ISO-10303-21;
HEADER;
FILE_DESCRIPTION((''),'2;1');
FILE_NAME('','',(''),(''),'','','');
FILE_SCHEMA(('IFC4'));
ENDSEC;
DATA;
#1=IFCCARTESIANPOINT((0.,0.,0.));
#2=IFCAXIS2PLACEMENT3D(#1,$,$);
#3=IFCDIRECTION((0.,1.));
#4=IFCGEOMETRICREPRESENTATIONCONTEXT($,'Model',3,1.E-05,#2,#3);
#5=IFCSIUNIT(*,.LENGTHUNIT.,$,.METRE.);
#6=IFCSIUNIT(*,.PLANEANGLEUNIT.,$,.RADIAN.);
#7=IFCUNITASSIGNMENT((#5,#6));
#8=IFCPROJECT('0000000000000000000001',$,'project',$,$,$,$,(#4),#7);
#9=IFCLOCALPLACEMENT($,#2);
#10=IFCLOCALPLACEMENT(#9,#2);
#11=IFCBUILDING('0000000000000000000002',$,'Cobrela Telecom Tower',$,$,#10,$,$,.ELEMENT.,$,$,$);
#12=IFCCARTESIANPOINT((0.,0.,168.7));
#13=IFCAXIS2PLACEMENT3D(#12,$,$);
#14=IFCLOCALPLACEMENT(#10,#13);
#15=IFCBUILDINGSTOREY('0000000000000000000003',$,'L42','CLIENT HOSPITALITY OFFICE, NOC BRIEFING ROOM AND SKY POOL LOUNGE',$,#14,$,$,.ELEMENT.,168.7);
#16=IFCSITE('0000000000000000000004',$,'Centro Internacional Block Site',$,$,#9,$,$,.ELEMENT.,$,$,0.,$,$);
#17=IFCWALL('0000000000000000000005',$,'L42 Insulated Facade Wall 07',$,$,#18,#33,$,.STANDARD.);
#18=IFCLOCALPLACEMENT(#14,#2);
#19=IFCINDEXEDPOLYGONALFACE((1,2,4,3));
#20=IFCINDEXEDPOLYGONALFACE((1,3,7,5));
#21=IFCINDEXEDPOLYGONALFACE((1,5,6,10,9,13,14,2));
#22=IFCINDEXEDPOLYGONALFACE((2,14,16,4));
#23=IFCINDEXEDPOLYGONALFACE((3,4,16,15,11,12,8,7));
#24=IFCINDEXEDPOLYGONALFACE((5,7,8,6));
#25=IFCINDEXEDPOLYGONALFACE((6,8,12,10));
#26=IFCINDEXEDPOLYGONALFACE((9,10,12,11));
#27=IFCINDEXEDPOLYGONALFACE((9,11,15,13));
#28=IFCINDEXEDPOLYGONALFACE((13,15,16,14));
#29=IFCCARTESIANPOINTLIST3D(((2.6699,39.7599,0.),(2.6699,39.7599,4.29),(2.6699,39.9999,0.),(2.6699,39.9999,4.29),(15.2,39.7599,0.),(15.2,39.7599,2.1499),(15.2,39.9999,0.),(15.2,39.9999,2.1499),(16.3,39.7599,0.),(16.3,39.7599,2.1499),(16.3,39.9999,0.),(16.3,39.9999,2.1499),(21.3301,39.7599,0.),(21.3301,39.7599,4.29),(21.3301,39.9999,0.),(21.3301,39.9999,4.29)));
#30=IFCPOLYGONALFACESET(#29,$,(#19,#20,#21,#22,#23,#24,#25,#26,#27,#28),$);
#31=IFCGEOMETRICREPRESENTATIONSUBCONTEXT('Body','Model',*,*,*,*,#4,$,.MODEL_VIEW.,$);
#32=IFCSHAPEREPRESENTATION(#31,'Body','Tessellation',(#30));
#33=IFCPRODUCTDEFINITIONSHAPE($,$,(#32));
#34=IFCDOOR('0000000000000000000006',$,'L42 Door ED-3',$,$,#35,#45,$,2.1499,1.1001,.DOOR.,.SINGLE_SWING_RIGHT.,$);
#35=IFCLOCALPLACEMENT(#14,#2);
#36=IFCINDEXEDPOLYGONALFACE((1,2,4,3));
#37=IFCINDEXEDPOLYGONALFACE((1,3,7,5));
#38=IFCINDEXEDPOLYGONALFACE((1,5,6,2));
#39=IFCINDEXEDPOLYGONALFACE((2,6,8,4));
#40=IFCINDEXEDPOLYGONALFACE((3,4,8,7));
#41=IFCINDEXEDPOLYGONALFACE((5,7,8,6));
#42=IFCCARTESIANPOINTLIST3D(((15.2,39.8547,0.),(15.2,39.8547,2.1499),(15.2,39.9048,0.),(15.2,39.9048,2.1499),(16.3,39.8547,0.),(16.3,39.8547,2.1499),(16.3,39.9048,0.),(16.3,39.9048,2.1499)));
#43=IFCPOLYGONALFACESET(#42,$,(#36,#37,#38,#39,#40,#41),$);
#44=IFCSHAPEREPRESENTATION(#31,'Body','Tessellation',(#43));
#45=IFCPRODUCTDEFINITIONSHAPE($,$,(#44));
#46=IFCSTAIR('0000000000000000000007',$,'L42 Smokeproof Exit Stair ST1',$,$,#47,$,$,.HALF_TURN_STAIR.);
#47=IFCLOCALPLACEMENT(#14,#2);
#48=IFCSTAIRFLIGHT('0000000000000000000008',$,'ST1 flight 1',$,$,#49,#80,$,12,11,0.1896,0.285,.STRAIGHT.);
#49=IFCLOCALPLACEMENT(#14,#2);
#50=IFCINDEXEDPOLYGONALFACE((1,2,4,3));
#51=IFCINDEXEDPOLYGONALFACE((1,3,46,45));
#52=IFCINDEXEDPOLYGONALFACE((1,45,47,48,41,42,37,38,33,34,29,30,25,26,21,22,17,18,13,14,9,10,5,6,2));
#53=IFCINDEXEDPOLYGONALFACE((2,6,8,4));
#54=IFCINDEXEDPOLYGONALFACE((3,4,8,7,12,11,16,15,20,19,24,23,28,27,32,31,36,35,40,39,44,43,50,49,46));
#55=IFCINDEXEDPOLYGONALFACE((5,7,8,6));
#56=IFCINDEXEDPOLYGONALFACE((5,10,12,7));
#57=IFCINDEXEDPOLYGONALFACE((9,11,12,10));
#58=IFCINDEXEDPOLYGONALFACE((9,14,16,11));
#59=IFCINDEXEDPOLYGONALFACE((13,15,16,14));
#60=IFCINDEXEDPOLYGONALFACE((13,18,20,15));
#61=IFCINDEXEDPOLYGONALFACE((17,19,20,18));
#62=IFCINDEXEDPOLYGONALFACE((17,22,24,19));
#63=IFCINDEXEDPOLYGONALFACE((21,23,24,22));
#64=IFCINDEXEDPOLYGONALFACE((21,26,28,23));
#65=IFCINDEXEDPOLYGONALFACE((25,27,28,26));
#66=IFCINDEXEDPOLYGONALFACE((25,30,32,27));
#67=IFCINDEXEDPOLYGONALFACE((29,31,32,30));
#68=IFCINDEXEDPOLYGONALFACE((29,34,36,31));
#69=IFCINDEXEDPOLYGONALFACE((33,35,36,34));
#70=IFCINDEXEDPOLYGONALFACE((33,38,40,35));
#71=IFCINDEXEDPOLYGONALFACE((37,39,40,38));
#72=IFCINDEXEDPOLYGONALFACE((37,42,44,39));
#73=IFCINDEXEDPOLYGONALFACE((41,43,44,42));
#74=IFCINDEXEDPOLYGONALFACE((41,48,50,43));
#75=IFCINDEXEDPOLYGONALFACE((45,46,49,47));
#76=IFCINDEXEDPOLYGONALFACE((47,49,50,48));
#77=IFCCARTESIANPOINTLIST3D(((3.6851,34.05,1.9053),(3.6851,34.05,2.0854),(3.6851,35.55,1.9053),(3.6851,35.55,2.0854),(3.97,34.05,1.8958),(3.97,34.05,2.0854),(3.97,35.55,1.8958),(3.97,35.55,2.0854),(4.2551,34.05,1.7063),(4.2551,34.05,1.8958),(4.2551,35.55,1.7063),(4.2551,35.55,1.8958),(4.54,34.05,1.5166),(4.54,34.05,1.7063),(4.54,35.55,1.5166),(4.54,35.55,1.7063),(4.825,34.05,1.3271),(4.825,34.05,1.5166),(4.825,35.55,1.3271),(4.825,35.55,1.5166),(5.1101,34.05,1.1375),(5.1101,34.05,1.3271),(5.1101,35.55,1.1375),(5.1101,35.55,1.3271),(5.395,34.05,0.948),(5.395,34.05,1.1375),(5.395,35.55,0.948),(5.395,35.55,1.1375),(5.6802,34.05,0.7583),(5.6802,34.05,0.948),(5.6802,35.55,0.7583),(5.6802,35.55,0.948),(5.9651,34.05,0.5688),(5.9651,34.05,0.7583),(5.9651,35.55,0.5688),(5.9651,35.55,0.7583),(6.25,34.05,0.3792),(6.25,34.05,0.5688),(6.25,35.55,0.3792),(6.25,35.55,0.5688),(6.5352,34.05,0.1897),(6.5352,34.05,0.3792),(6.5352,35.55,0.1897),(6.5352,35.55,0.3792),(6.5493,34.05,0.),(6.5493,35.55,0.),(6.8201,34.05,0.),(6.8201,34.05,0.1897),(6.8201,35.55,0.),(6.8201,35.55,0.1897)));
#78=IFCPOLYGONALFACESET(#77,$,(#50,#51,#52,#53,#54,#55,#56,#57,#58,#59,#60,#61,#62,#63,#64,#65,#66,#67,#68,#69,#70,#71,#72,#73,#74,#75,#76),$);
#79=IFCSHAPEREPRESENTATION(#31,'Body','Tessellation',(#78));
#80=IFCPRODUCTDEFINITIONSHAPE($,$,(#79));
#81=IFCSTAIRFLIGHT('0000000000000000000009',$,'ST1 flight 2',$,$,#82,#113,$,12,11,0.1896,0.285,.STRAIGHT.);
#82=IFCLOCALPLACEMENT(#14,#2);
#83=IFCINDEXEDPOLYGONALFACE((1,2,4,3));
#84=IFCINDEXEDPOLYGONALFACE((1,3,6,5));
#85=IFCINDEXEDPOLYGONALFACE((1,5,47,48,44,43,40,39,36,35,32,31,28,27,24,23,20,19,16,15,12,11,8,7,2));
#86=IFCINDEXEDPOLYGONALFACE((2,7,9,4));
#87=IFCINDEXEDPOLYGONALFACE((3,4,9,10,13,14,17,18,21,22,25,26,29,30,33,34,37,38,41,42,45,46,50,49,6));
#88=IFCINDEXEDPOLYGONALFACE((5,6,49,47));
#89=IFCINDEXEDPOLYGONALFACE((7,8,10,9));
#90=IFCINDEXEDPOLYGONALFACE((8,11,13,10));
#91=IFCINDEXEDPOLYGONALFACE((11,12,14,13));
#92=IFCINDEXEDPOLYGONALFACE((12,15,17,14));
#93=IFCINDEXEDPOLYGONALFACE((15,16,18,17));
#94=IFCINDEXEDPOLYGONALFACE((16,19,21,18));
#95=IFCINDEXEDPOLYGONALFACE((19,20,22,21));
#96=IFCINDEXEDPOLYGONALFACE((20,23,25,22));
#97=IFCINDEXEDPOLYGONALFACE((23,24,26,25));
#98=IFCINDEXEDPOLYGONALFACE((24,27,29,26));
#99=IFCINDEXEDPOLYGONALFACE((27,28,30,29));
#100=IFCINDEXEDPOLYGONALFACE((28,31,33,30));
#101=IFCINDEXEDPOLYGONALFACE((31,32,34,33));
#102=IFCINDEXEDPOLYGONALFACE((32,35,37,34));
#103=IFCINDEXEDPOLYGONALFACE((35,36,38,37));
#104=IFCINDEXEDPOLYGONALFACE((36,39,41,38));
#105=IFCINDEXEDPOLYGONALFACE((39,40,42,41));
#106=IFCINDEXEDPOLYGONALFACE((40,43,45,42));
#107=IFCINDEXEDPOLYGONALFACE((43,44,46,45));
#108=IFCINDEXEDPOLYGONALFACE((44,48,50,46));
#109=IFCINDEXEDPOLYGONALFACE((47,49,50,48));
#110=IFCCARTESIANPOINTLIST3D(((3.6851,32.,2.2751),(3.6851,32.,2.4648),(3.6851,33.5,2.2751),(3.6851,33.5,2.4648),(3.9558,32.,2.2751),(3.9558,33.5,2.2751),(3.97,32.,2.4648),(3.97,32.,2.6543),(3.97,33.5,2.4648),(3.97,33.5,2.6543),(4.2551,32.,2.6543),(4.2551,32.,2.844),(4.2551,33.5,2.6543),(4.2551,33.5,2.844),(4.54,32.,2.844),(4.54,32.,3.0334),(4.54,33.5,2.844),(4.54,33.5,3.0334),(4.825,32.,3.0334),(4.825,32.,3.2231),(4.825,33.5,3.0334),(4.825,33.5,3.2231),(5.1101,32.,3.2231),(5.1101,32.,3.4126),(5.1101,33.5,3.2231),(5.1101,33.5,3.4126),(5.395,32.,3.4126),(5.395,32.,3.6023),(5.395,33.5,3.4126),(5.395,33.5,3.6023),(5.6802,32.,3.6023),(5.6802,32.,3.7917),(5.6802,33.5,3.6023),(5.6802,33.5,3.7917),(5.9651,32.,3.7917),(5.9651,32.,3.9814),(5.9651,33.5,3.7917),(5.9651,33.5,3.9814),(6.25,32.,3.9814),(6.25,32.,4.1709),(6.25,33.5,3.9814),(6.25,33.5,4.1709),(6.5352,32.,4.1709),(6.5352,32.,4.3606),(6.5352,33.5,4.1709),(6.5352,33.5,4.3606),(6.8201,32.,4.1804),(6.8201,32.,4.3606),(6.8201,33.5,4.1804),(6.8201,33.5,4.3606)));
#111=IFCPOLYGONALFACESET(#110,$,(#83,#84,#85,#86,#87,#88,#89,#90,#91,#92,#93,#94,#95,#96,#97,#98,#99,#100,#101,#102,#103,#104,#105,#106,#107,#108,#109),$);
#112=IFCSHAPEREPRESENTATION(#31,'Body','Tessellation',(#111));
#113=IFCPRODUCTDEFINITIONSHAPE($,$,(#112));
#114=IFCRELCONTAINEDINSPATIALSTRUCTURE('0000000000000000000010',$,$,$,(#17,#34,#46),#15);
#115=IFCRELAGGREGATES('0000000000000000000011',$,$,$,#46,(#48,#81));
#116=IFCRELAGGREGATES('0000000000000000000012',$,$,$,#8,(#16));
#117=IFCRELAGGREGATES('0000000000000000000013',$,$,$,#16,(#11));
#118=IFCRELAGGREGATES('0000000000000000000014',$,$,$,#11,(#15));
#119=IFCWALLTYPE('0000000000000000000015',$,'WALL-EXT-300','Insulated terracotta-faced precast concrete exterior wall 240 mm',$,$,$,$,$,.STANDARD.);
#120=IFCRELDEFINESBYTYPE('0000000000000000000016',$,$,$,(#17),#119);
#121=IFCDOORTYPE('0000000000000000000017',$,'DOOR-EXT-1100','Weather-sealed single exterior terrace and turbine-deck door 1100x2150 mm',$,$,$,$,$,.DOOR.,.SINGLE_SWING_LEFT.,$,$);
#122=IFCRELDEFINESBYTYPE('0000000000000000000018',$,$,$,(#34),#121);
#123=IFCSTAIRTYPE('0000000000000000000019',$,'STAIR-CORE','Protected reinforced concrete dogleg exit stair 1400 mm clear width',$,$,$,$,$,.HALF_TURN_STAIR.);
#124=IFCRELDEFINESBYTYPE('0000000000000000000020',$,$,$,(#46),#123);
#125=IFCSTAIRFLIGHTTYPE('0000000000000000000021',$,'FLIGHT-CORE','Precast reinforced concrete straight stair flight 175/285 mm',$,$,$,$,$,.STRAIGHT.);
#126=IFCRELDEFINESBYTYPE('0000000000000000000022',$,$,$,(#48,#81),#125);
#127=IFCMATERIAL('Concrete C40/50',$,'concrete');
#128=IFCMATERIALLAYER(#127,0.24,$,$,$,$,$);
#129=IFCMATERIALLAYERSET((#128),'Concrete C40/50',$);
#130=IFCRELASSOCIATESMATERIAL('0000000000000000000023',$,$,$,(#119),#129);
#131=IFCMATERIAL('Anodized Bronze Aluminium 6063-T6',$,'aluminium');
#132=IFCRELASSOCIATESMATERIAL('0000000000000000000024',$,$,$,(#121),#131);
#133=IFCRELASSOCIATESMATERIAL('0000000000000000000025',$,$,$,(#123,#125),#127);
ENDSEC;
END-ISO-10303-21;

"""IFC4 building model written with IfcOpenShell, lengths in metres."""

from ifc_helpers import new_model, si_unit, direction, frame, frame_2d, origin, place, context, subcontext, project, spatial, polyline, rectangle, outline, extrude, material, layer, layer_set, type_object, element, fill, aggregate, save


model = new_model("IFC4")

# Units and contexts
model_context = context("Model", 3, precision=1e-05, world=origin(), true_north=direction((0.0, 1.0)))
body_context = subcontext(model_context, "Body", "Model", "MODEL_VIEW")
ifc_project = project(units=[si_unit("LENGTHUNIT", "METRE"), si_unit("PLANEANGLEUNIT", "RADIAN")], contexts=[model_context])

# Site, building, storey
site_placement = place(None, origin())
site = spatial("IfcSite", under=ifc_project, at=site_placement, Name="Centro Internacional Block Site", CompositionType="ELEMENT", RefElevation=0.0)
building_placement = place(site_placement, origin())
building = spatial("IfcBuilding", under=site, at=building_placement, Name="Cobrela Telecom Tower", CompositionType="ELEMENT")
storey_placement = place(building_placement, frame((0.0, 0.0, 168.7)))
storey = spatial("IfcBuildingStorey", under=building, at=storey_placement, Name="L42", Description="CLIENT HOSPITALITY OFFICE, NOC BRIEFING ROOM AND SKY POOL LOUNGE", CompositionType="ELEMENT", Elevation=168.7)

# Shared definitions
ifc_material_1 = material(Name="Concrete C40/50", Category="concrete")
ifc_layer_1 = layer(ifc_material_1, 0.24)
ifc_layer_set_1 = layer_set([ifc_layer_1], Name="Concrete C40/50")
wall_type_1 = type_object("IfcWallType", Name="WALL-EXT-300", Description="Insulated terracotta-faced precast concrete exterior wall 240 mm", PredefinedType="STANDARD", material=ifc_layer_set_1)

# Wall, opening, door
wall_1_placement = place(storey_placement, frame((2.6699, 39.8799, 0.0), z_axis=(0.0, 0.0, 1.0), x_axis=(1.0, 0.0, 0.0)))
wall_1 = element("IfcWall", 1, at=wall_1_placement, inside=storey, type_object=wall_type_1, Name="L42 Insulated Facade Wall 07", PredefinedType="STANDARD", context=body_context, shape_type="SweptSolid", body=[
    extrude(rectangle(XDim=18.6602, YDim=0.24, at=frame_2d((9.3301, 0.0))), origin(), (0.0, 0.0, 1.0), 4.29),
])
opening_1_placement = place(wall_1_placement, frame((12.53, 0.0, 0.0)))
opening_1 = element("IfcOpeningElement", 2, at=opening_1_placement, cuts=wall_1, PredefinedType="OPENING", context=body_context, shape_type="SweptSolid", body=[
    extrude(rectangle(XDim=1.1001, YDim=2.1499, at=frame_2d((0.55, 1.075))), frame((0.0, 0.1318, 0.0), z_axis=(0.0, -1.0, 0.0), x_axis=(1.0, 0.0, 0.0)), (0.0, 0.0, 1.0), 0.2639),
])
ifc_material_2 = material(Name="Anodized Bronze Aluminium 6063-T6", Category="aluminium")
door_type = type_object("IfcDoorType", Name="DOOR-EXT-1100", Description="Weather-sealed single exterior terrace and turbine-deck door 1100x2150 mm", OperationType="SINGLE_SWING_LEFT", PredefinedType="DOOR", material=ifc_material_2)
door_placement = place(opening_1_placement, origin())
door = element("IfcDoor", 3, at=door_placement, inside=storey, type_object=door_type, Name="L42 Door ED-3", OperationType="SINGLE_SWING_RIGHT", OverallHeight=2.1499, OverallWidth=1.1001, PredefinedType="DOOR", context=body_context, shape_type="SweptSolid", body=[
    extrude(rectangle(XDim=1.1001, YDim=2.1499, at=frame_2d((0.55, 1.075))), frame((0.0, 0.0249, 0.0), z_axis=(0.0, -1.0, 0.0), x_axis=(1.0, 0.0, 0.0)), (0.0, 0.0, 1.0), 0.05),
])
fill(opening_1, door)

# Stair, stair flights
stair_type = type_object("IfcStairType", Name="STAIR-CORE", Description="Protected reinforced concrete dogleg exit stair 1400 mm clear width", PredefinedType="HALF_TURN_STAIR", material=ifc_material_1)
stair_placement = place(storey_placement, origin())
stair = element("IfcStair", 4, at=stair_placement, inside=storey, type_object=stair_type, Name="L42 Smokeproof Exit Stair ST1", PredefinedType="HALF_TURN_STAIR")
stair_flight_type = type_object("IfcStairFlightType", Name="FLIGHT-CORE", Description="Precast reinforced concrete straight stair flight 175/285 mm", PredefinedType="STRAIGHT", material=ifc_material_1)
stair_flight_1_placement = place(storey_placement, frame((6.8201, 34.8, 0.0), z_axis=(0.0, 0.0, 1.0), x_axis=(-1.0, 0.0, 0.0)))
stair_flight_1 = element("IfcStairFlight", 5, at=stair_flight_1_placement, type_object=stair_flight_type, Name="ST1 flight 1", NumberOfRisers=12, NumberOfTreads=11, PredefinedType="STRAIGHT", RiserHeight=0.1896, TreadLength=0.285, context=body_context, shape_type="SweptSolid", body=[
    extrude(outline(polyline([(0.0, 0.0), (0.0, 0.1897), (0.2849, 0.1897), (0.2849, 0.3792), (0.5701, 0.3792), (0.5701, 0.5688), (0.855, 0.5688), (0.855, 0.7583), (1.1399, 0.7583), (1.1399, 0.948), (1.425, 0.948), (1.425, 1.1375), (1.71, 1.1375), (1.71, 1.3271), (1.9951, 1.3271), (1.9951, 1.5166), (2.28, 1.5166), (2.28, 1.7063), (2.5649, 1.7063), (2.5649, 1.8958), (2.8501, 1.8958), (2.8501, 2.0854), (3.135, 2.0854), (3.135, 2.2749), (3.135, 1.9053), (0.2708, 0.0), (0.0, 0.0)])), frame((0.0, 0.75, 0.0), z_axis=(0.0, -1.0, 0.0), x_axis=(1.0, 0.0, 0.0)), (0.0, 0.0, 1.0), 1.5),
])
stair_flight_2_placement = place(storey_placement, frame((3.6851, 32.75, 2.2751), z_axis=(0.0, 0.0, 1.0), x_axis=(1.0, 0.0, 0.0)))
stair_flight_2 = element("IfcStairFlight", 6, at=stair_flight_2_placement, type_object=stair_flight_type, Name="ST1 flight 2", NumberOfRisers=12, NumberOfTreads=11, PredefinedType="STRAIGHT", RiserHeight=0.1896, TreadLength=0.285, context=body_context, shape_type="SweptSolid", body=[
    extrude(outline(polyline([(0.0, 0.0), (0.0, 0.1897), (0.2849, 0.1897), (0.2849, 0.3792), (0.5701, 0.3792), (0.5701, 0.5688), (0.855, 0.5688), (0.855, 0.7583), (1.1399, 0.7583), (1.1399, 0.948), (1.425, 0.948), (1.425, 1.1375), (1.71, 1.1375), (1.71, 1.3271), (1.9951, 1.3271), (1.9951, 1.5166), (2.28, 1.5166), (2.28, 1.7063), (2.5649, 1.7063), (2.5649, 1.8958), (2.8501, 1.8958), (2.8501, 2.0854), (3.135, 2.0854), (3.135, 2.2749), (3.135, 1.9053), (0.2708, 0.0), (0.0, 0.0)])), frame((0.0, 0.75, 0.0), z_axis=(0.0, -1.0, 0.0), x_axis=(1.0, 0.0, 0.0)), (0.0, 0.0, 1.0), 1.5),
])
aggregate(stair, [stair_flight_1, stair_flight_2])

save(model, "model.ifc")
